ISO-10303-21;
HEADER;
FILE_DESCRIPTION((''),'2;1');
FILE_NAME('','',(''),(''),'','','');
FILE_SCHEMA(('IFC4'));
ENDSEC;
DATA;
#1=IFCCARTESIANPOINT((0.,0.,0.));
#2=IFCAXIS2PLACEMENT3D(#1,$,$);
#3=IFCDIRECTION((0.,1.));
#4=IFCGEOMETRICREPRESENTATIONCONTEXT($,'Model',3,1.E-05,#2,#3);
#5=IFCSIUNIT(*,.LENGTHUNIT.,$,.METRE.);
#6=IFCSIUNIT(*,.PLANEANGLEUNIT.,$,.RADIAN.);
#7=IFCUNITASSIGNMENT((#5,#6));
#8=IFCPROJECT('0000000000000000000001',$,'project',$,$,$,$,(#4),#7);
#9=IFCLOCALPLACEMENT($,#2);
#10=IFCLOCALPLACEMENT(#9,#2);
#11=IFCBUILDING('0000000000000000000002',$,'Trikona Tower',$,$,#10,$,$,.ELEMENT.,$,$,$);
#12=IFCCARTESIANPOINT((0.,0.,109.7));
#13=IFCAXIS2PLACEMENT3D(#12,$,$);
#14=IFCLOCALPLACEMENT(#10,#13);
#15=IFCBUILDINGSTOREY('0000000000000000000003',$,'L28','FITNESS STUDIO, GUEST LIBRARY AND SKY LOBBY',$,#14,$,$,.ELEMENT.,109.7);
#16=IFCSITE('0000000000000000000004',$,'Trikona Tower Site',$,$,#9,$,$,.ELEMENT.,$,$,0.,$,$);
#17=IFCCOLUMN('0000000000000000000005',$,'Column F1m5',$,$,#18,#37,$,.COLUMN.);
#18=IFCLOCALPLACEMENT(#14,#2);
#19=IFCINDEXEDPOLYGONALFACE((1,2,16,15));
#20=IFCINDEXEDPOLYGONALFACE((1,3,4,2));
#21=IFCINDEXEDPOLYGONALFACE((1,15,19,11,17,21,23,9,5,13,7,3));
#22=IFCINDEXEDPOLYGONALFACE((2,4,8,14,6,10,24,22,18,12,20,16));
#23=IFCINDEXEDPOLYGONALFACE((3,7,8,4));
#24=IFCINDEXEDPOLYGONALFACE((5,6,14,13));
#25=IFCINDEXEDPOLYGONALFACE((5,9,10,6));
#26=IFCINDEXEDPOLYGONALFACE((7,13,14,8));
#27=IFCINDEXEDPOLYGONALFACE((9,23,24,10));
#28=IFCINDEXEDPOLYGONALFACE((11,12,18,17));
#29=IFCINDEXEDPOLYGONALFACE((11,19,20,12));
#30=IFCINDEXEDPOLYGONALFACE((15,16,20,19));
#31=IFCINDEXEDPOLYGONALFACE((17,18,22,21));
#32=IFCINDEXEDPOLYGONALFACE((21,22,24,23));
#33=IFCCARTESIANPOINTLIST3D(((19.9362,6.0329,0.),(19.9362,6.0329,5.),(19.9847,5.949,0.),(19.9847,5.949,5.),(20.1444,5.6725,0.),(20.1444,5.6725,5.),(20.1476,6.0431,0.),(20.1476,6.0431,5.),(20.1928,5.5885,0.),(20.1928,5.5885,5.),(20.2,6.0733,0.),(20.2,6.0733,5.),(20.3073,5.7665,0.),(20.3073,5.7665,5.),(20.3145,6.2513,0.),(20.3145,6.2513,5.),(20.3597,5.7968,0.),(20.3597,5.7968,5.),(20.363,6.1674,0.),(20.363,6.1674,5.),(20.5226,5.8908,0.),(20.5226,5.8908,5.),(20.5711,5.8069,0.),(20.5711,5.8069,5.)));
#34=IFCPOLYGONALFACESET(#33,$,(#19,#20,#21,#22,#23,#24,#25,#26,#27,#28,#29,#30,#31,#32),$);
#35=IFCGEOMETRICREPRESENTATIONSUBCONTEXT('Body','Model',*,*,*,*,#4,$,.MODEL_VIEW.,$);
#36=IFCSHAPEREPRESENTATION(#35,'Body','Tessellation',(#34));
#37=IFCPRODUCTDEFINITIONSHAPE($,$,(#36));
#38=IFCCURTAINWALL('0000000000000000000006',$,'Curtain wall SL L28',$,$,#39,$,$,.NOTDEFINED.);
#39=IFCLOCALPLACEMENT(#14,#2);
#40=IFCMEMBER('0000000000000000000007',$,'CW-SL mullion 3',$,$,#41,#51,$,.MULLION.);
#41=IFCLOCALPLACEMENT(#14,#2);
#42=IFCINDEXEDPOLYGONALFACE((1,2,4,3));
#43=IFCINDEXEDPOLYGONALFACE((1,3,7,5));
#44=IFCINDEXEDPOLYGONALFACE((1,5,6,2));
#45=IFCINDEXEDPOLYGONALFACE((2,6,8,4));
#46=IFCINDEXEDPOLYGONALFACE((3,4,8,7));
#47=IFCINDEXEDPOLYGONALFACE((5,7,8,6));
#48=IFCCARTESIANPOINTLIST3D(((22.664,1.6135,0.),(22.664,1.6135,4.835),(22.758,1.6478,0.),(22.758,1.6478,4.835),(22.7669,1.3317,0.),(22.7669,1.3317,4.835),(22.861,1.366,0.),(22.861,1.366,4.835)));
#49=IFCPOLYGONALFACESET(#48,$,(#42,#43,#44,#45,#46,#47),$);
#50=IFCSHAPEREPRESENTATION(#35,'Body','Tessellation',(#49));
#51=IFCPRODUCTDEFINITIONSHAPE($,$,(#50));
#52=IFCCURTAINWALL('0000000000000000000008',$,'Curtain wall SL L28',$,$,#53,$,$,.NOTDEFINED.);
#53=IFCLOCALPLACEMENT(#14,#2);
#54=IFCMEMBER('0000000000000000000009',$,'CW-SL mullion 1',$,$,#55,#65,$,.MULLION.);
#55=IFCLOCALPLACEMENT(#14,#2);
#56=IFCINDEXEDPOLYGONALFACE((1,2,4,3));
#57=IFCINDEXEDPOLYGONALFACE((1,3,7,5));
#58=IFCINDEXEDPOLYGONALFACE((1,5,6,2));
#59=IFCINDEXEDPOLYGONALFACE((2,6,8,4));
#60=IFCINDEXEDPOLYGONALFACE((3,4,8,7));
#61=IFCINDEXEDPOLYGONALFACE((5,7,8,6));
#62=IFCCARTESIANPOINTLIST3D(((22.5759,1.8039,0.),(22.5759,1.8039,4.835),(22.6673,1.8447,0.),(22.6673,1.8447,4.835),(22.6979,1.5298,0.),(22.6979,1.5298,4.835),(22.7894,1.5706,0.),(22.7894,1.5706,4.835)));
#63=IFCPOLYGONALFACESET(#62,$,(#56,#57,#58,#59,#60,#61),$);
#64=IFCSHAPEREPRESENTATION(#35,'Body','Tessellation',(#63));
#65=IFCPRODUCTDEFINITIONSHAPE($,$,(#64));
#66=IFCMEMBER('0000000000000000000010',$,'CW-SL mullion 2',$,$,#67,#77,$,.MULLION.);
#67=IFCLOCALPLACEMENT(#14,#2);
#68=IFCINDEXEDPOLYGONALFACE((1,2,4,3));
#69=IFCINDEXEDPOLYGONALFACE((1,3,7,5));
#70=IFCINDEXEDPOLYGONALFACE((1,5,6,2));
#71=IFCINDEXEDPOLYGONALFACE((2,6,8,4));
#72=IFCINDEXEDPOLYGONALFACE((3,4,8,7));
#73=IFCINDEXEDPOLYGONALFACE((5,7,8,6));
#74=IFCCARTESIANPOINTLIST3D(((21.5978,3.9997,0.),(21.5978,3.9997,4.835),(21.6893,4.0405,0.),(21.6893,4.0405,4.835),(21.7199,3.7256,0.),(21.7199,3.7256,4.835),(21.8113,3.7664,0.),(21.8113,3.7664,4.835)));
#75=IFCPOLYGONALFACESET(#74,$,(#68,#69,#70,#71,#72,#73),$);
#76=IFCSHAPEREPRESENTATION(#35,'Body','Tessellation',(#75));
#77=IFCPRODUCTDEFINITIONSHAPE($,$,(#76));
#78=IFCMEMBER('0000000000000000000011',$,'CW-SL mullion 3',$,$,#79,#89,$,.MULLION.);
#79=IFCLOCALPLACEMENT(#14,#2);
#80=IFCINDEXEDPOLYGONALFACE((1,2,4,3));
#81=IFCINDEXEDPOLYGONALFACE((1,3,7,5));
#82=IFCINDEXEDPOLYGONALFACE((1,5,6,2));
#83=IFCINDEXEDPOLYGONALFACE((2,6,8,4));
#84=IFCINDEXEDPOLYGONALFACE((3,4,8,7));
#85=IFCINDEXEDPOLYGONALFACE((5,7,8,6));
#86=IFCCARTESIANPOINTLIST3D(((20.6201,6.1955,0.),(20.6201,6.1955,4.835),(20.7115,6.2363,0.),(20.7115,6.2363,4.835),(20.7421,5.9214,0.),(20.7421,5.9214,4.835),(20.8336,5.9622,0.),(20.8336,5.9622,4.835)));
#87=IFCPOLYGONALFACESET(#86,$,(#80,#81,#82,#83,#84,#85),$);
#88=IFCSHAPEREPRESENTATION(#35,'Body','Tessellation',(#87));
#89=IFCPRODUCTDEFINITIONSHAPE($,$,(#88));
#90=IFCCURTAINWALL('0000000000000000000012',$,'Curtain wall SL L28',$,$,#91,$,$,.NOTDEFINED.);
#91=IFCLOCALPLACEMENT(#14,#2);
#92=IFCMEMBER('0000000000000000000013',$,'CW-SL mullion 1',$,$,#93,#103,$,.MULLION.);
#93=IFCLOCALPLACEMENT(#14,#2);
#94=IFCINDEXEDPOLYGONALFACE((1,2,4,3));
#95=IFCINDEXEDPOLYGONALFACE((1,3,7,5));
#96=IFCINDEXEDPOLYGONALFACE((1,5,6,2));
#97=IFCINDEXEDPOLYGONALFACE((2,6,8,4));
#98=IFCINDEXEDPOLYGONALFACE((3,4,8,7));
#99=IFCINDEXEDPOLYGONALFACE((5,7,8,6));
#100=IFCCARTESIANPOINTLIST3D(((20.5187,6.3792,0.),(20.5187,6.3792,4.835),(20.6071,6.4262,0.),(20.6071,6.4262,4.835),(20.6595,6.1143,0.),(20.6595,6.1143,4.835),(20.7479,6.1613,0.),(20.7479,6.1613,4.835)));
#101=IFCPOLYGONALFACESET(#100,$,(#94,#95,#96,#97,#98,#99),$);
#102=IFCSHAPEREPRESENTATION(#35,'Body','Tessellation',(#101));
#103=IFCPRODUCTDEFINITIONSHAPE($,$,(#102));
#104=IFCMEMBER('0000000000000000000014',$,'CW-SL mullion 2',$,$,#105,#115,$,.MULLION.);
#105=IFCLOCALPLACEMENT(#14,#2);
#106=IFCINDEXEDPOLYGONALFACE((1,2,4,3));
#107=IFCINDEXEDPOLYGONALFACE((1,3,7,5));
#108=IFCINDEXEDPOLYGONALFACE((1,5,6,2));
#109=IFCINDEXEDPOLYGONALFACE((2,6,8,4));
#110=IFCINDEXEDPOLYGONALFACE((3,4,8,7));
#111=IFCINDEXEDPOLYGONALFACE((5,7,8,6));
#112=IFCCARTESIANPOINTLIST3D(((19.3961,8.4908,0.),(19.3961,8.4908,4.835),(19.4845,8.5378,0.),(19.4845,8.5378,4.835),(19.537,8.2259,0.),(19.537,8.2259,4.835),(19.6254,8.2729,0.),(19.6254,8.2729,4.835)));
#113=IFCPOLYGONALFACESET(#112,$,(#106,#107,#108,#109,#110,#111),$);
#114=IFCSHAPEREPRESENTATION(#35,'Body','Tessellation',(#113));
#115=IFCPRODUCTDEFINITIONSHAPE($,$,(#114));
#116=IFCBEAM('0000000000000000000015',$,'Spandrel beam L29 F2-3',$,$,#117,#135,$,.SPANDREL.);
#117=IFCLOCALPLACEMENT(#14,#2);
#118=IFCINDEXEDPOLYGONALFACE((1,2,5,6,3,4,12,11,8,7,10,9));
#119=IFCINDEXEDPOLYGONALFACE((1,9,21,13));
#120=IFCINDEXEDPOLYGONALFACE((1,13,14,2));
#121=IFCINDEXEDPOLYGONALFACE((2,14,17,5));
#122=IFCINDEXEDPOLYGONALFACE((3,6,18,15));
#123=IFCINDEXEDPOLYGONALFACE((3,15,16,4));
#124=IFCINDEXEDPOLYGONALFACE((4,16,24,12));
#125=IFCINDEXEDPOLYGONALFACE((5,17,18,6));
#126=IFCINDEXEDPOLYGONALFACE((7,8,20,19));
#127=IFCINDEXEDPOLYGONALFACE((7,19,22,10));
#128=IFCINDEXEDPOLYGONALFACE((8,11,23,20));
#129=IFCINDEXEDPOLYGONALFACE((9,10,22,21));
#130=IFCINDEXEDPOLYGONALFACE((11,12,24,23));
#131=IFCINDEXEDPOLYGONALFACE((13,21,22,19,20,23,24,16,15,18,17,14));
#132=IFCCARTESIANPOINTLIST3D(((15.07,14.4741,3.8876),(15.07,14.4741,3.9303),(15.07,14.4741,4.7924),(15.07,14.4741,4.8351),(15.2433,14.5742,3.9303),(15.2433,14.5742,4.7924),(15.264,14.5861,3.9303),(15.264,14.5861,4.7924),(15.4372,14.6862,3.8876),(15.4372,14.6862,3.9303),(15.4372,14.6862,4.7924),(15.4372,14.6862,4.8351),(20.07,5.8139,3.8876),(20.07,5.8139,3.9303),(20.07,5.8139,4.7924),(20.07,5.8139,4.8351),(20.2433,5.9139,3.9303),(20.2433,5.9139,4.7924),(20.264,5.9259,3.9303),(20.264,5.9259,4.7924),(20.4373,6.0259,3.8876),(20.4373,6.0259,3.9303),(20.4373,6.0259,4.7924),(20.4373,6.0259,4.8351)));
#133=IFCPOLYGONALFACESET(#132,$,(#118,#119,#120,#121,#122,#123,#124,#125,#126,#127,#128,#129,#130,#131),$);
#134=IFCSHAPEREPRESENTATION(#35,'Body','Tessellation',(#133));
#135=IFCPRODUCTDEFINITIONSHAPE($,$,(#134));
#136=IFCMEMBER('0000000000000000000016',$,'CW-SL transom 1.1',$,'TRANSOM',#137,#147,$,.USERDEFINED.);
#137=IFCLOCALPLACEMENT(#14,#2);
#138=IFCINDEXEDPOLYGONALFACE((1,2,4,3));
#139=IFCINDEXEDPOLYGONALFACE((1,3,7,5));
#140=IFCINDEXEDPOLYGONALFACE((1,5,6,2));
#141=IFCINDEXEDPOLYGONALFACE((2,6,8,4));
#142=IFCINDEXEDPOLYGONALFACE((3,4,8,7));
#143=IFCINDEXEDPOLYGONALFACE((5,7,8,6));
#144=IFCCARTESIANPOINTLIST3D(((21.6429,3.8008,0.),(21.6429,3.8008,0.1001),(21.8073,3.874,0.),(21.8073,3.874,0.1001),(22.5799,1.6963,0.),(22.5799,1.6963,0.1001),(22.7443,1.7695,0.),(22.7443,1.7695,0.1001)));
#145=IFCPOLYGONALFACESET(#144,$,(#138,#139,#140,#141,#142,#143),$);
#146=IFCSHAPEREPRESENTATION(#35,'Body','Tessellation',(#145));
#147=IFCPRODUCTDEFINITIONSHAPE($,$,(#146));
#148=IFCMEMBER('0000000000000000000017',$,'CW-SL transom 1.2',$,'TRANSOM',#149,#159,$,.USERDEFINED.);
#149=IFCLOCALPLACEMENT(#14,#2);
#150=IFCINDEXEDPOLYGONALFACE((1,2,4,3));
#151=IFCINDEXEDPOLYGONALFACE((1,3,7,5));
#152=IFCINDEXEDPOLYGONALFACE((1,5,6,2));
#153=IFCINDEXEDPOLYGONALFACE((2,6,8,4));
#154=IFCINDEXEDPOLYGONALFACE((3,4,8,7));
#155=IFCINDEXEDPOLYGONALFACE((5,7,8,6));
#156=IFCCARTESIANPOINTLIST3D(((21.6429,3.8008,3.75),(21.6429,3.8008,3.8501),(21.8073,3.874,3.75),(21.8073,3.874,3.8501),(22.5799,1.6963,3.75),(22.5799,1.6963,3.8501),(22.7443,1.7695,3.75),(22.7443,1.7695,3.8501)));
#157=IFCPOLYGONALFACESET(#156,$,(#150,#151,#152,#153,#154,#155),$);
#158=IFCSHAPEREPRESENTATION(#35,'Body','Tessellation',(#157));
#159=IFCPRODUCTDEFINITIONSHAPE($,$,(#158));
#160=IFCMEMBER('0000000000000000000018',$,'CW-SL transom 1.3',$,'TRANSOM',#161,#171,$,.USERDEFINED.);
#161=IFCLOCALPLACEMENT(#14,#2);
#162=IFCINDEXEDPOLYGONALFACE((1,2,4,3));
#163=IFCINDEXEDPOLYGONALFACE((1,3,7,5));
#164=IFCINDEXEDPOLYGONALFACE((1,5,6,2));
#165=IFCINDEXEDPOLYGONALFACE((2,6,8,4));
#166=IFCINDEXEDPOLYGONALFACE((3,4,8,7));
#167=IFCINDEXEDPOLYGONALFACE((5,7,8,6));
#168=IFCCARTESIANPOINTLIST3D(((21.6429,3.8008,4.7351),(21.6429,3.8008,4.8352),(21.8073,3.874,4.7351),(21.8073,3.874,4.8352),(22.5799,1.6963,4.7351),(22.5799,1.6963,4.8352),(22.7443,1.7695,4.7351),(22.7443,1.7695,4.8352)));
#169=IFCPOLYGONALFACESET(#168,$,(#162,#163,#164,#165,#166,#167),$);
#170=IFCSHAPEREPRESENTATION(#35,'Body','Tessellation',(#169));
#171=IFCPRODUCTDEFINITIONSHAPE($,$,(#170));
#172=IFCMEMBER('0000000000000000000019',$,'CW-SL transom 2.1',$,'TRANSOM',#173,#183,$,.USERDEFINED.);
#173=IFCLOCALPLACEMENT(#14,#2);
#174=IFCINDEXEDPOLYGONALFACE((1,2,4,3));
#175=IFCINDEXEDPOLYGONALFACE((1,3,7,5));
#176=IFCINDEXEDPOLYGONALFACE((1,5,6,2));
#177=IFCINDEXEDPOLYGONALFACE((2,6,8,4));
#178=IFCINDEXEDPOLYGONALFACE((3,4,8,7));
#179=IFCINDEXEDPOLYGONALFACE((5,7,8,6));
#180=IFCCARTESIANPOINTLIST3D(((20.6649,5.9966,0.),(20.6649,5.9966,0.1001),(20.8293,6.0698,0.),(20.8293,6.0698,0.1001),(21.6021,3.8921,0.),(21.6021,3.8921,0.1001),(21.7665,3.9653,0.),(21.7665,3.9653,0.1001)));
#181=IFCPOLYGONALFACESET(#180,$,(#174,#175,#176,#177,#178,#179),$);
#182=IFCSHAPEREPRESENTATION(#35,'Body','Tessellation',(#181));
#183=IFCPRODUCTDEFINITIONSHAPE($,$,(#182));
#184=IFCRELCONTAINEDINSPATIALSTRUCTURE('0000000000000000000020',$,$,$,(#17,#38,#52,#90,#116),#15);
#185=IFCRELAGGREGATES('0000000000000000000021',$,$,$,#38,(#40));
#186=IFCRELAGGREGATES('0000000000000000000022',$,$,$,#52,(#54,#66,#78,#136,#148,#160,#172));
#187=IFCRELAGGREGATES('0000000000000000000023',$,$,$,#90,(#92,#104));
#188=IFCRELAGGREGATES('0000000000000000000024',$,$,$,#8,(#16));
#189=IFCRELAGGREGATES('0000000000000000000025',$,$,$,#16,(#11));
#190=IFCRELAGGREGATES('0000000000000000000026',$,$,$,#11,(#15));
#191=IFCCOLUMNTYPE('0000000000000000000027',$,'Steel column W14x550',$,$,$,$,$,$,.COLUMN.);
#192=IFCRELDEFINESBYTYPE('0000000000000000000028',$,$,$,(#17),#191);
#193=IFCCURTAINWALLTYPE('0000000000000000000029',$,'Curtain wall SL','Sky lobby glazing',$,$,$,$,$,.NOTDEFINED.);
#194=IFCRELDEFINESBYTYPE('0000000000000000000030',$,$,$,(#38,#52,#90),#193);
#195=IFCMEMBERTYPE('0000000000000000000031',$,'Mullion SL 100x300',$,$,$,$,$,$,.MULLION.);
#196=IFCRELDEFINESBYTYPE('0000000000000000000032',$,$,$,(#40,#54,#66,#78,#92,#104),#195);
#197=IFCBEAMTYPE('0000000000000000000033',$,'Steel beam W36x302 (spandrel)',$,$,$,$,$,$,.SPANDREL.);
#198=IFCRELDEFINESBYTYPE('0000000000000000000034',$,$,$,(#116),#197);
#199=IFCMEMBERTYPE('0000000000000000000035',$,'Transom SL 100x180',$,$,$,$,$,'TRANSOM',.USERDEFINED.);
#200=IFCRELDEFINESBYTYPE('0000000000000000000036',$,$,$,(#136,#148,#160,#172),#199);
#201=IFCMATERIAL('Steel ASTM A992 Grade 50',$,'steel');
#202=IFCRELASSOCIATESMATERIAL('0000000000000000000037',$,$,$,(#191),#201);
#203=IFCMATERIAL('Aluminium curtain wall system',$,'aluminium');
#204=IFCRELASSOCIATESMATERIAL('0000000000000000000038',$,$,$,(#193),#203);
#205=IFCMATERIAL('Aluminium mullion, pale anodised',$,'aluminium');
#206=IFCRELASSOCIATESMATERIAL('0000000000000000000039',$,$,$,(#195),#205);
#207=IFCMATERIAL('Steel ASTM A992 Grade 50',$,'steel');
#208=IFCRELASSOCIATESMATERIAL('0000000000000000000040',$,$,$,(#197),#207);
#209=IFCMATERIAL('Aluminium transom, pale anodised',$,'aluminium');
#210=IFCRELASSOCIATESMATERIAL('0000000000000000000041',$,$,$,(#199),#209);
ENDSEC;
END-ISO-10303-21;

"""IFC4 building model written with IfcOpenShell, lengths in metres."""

from ifc_helpers import new_model, si_unit, direction, frame, origin, origin_2d, place, context, subcontext, project, spatial, rectangle, i_section, extrude, material, material_profile, profile_set, type_object, element, aggregate, save


model = new_model("IFC4")

# Units and contexts
model_context = context("Model", 3, precision=1e-05, world=origin(), true_north=direction((0.0, 1.0)))
body_context = subcontext(model_context, "Body", "Model", "MODEL_VIEW")
ifc_project = project(units=[si_unit("LENGTHUNIT", "METRE"), si_unit("PLANEANGLEUNIT", "RADIAN")], contexts=[model_context])

# Site, building, storey
site_placement = place(None, origin())
site = spatial("IfcSite", under=ifc_project, at=site_placement, Name="Trikona Tower Site", CompositionType="ELEMENT", RefElevation=0.0)
building_placement = place(site_placement, origin())
building = spatial("IfcBuilding", under=site, at=building_placement, Name="Trikona Tower", CompositionType="ELEMENT")
storey_placement = place(building_placement, frame((0.0, 0.0, 109.7)))
storey = spatial("IfcBuildingStorey", under=building, at=storey_placement, Name="L28", Description="FITNESS STUDIO, GUEST LIBRARY AND SKY LOBBY", CompositionType="ELEMENT", Elevation=109.7)

# Column
ifc_material_1 = material(Name="Steel ASTM A992 Grade 50", Category="steel")
ifc_material_profile_1 = material_profile(ifc_material_1, i_section(OverallWidth=0.4368, OverallDepth=0.5132, WebThickness=0.0605, FlangeThickness=0.0969, at=origin_2d()), Name="W14X550")
ifc_profile_set_1 = profile_set([ifc_material_profile_1], Name="Steel ASTM A992 Grade 50")
column_type = type_object("IfcColumnType", Name="Steel column W14x550", PredefinedType="COLUMN", material=ifc_profile_set_1)
column_placement = place(storey_placement, frame((20.2537, 5.9199, 0.0), z_axis=(0.0, 0.0, 1.0), x_axis=(0.866025, 0.5, 0.0)))
element("IfcColumn", 1, at=column_placement, inside=storey, type_object=column_type, Name="Column F1m5", PredefinedType="COLUMN", context=body_context, shape_type="SweptSolid", body=[
    extrude(i_section(OverallWidth=0.4368, OverallDepth=0.5132, WebThickness=0.0605, FlangeThickness=0.0969, at=origin_2d()), origin(), (0.0, 0.0, 1.0), 5.0),
])

# Curtain wall, member
ifc_material_2 = material(Name="Aluminium curtain wall system", Category="aluminium")
curtain_wall_type = type_object("IfcCurtainWallType", Name="Curtain wall SL", Description="Sky lobby glazing", PredefinedType="NOTDEFINED", material=ifc_material_2)
curtain_wall_1_placement = place(storey_placement, origin())
curtain_wall_1 = element("IfcCurtainWall", 2, at=curtain_wall_1_placement, inside=storey, type_object=curtain_wall_type, Name="Curtain wall SL L28", PredefinedType="NOTDEFINED")
ifc_material_3 = material(Name="Aluminium mullion, pale anodised", Category="aluminium")
ifc_material_profile_2 = material_profile(ifc_material_3, rectangle(XDim=0.1001, YDim=0.3, at=origin_2d()), Name="MUL-SL")
ifc_profile_set_2 = profile_set([ifc_material_profile_2], Name="Aluminium mullion, pale anodised")
member_type_1 = type_object("IfcMemberType", Name="Mullion SL 100x300", PredefinedType="MULLION", material=ifc_profile_set_2)
member_1_placement = place(storey_placement, frame((22.7625, 1.4897, 0.0), z_axis=(0.0, 0.0, 1.0), x_axis=(-0.939256, -0.343217, 0.0)))
member_1 = element("IfcMember", 3, at=member_1_placement, type_object=member_type_1, Name="CW-SL mullion 3", PredefinedType="MULLION", context=body_context, shape_type="SweptSolid", body=[
    extrude(rectangle(XDim=0.1001, YDim=0.3, at=origin_2d()), origin(), (0.0, 0.0, 1.0), 4.835),
])
aggregate(curtain_wall_1, [member_1])

# Curtain walls, members
curtain_wall_2_placement = place(storey_placement, origin())
curtain_wall_2 = element("IfcCurtainWall", 4, at=curtain_wall_2_placement, inside=storey, type_object=curtain_wall_type, Name="Curtain wall SL L28", PredefinedType="NOTDEFINED")
member_2_placement = place(storey_placement, frame((22.6826, 1.6873, 0.0), z_axis=(0.0, 0.0, 1.0), x_axis=(-0.913505, -0.406828, 0.0)))
member_2 = element("IfcMember", 5, at=member_2_placement, type_object=member_type_1, Name="CW-SL mullion 1", PredefinedType="MULLION", context=body_context, shape_type="SweptSolid", body=[
    extrude(rectangle(XDim=0.1001, YDim=0.3, at=origin_2d()), origin(), (0.0, 0.0, 1.0), 4.835),
])
member_3_placement = place(storey_placement, frame((21.7046, 3.8831, 0.0), z_axis=(0.0, 0.0, 1.0), x_axis=(-0.913505, -0.406828, 0.0)))
member_3 = element("IfcMember", 6, at=member_3_placement, type_object=member_type_1, Name="CW-SL mullion 2", PredefinedType="MULLION", context=body_context, shape_type="SweptSolid", body=[
    extrude(rectangle(XDim=0.1001, YDim=0.3, at=origin_2d()), origin(), (0.0, 0.0, 1.0), 4.835),
])
member_4_placement = place(storey_placement, frame((20.7268, 6.0789, 0.0), z_axis=(0.0, 0.0, 1.0), x_axis=(-0.913505, -0.406828, 0.0)))
member_4 = element("IfcMember", 7, at=member_4_placement, type_object=member_type_1, Name="CW-SL mullion 3", PredefinedType="MULLION", context=body_context, shape_type="SweptSolid", body=[
    extrude(rectangle(XDim=0.1001, YDim=0.3, at=origin_2d()), origin(), (0.0, 0.0, 1.0), 4.835),
])
curtain_wall_3_placement = place(storey_placement, origin())
curtain_wall_3 = element("IfcCurtainWall", 8, at=curtain_wall_3_placement, inside=storey, type_object=curtain_wall_type, Name="Curtain wall SL L28", PredefinedType="NOTDEFINED")
member_5_placement = place(storey_placement, frame((20.6333, 6.2703, 0.0), z_axis=(0.0, 0.0, 1.0), x_axis=(-0.882996, -0.46938, 0.0)))
member_5 = element("IfcMember", 9, at=member_5_placement, type_object=member_type_1, Name="CW-SL mullion 1", PredefinedType="MULLION", context=body_context, shape_type="SweptSolid", body=[
    extrude(rectangle(XDim=0.1001, YDim=0.3, at=origin_2d()), origin(), (0.0, 0.0, 1.0), 4.835),
])
member_6_placement = place(storey_placement, frame((19.5107, 8.3818, 0.0), z_axis=(0.0, 0.0, 1.0), x_axis=(-0.882996, -0.46938, 0.0)))
member_6 = element("IfcMember", 10, at=member_6_placement, type_object=member_type_1, Name="CW-SL mullion 2", PredefinedType="MULLION", context=body_context, shape_type="SweptSolid", body=[
    extrude(rectangle(XDim=0.1001, YDim=0.3, at=origin_2d()), origin(), (0.0, 0.0, 1.0), 4.835),
])

# Beam
ifc_material_4 = material(Name="Steel ASTM A992 Grade 50", Category="steel")
ifc_material_profile_3 = material_profile(ifc_material_4, i_section(OverallWidth=0.4241, OverallDepth=0.9475, WebThickness=0.0239, FlangeThickness=0.0427, at=origin_2d()), Name="W36X302")
ifc_profile_set_3 = profile_set([ifc_material_profile_3], Name="Steel ASTM A992 Grade 50")
beam_type = type_object("IfcBeamType", Name="Steel beam W36x302 (spandrel)", PredefinedType="SPANDREL", material=ifc_profile_set_3)
beam_placement = place(storey_placement, frame((20.2537, 5.9199, 4.3613), z_axis=(-0.500004, 0.866023, 0.0), x_axis=(-0.866023, -0.500004, 0.0)))
element("IfcBeam", 11, at=beam_placement, inside=storey, type_object=beam_type, Name="Spandrel beam L29 F2-3", PredefinedType="SPANDREL", context=body_context, shape_type="SweptSolid", body=[
    extrude(i_section(OverallWidth=0.4241, OverallDepth=0.9475, WebThickness=0.0239, FlangeThickness=0.0427, at=origin_2d()), origin(), (0.0, 0.0, 1.0), 10.0),
])

# Members
ifc_material_5 = material(Name="Aluminium transom, pale anodised", Category="aluminium")
ifc_material_profile_4 = material_profile(ifc_material_5, rectangle(XDim=0.1799, YDim=0.1001, at=origin_2d()), Name="TRN-SL")
ifc_profile_set_4 = profile_set([ifc_material_profile_4], Name="Aluminium transom, pale anodised")
member_type_2 = type_object("IfcMemberType", Name="Transom SL 100x180", ElementType="TRANSOM", PredefinedType="USERDEFINED", material=ifc_profile_set_4)
member_7_placement = place(storey_placement, frame((22.6621, 1.7329, 0.05), z_axis=(-0.406748, 0.91354, 0.0), x_axis=(-0.91354, -0.406748, 0.0)))
member_7 = element("IfcMember", 12, at=member_7_placement, type_object=member_type_2, Name="CW-SL transom 1.1", ObjectType="TRANSOM", PredefinedType="USERDEFINED", context=body_context, shape_type="SweptSolid", body=[
    extrude(rectangle(XDim=0.1799, YDim=0.1001, at=origin_2d()), origin(), (0.0, 0.0, 1.0), 2.3037),
])
member_8_placement = place(storey_placement, frame((22.6621, 1.7329, 3.8), z_axis=(-0.406748, 0.91354, 0.0), x_axis=(-0.91354, -0.406748, 0.0)))
member_8 = element("IfcMember", 13, at=member_8_placement, type_object=member_type_2, Name="CW-SL transom 1.2", ObjectType="TRANSOM", PredefinedType="USERDEFINED", context=body_context, shape_type="SweptSolid", body=[
    extrude(rectangle(XDim=0.1799, YDim=0.1001, at=origin_2d()), origin(), (0.0, 0.0, 1.0), 2.3037),
])
member_9_placement = place(storey_placement, frame((22.6621, 1.7329, 4.7852), z_axis=(-0.406748, 0.91354, 0.0), x_axis=(-0.91354, -0.406748, 0.0)))
member_9 = element("IfcMember", 14, at=member_9_placement, type_object=member_type_2, Name="CW-SL transom 1.3", ObjectType="TRANSOM", PredefinedType="USERDEFINED", context=body_context, shape_type="SweptSolid", body=[
    extrude(rectangle(XDim=0.1799, YDim=0.1001, at=origin_2d()), origin(), (0.0, 0.0, 1.0), 2.3037),
])
member_10_placement = place(storey_placement, frame((21.6843, 3.9287, 0.05), z_axis=(-0.406836, 0.913501, 0.0), x_axis=(-0.913501, -0.406836, 0.0)))
member_10 = element("IfcMember", 15, at=member_10_placement, type_object=member_type_2, Name="CW-SL transom 2.1", ObjectType="TRANSOM", PredefinedType="USERDEFINED", context=body_context, shape_type="SweptSolid", body=[
    extrude(rectangle(XDim=0.1799, YDim=0.1001, at=origin_2d()), origin(), (0.0, 0.0, 1.0), 2.3037),
])

aggregate(curtain_wall_2, [member_2, member_3, member_4, member_7, member_8, member_9, member_10])
aggregate(curtain_wall_3, [member_5, member_6])

save(model, "model.ifc")
